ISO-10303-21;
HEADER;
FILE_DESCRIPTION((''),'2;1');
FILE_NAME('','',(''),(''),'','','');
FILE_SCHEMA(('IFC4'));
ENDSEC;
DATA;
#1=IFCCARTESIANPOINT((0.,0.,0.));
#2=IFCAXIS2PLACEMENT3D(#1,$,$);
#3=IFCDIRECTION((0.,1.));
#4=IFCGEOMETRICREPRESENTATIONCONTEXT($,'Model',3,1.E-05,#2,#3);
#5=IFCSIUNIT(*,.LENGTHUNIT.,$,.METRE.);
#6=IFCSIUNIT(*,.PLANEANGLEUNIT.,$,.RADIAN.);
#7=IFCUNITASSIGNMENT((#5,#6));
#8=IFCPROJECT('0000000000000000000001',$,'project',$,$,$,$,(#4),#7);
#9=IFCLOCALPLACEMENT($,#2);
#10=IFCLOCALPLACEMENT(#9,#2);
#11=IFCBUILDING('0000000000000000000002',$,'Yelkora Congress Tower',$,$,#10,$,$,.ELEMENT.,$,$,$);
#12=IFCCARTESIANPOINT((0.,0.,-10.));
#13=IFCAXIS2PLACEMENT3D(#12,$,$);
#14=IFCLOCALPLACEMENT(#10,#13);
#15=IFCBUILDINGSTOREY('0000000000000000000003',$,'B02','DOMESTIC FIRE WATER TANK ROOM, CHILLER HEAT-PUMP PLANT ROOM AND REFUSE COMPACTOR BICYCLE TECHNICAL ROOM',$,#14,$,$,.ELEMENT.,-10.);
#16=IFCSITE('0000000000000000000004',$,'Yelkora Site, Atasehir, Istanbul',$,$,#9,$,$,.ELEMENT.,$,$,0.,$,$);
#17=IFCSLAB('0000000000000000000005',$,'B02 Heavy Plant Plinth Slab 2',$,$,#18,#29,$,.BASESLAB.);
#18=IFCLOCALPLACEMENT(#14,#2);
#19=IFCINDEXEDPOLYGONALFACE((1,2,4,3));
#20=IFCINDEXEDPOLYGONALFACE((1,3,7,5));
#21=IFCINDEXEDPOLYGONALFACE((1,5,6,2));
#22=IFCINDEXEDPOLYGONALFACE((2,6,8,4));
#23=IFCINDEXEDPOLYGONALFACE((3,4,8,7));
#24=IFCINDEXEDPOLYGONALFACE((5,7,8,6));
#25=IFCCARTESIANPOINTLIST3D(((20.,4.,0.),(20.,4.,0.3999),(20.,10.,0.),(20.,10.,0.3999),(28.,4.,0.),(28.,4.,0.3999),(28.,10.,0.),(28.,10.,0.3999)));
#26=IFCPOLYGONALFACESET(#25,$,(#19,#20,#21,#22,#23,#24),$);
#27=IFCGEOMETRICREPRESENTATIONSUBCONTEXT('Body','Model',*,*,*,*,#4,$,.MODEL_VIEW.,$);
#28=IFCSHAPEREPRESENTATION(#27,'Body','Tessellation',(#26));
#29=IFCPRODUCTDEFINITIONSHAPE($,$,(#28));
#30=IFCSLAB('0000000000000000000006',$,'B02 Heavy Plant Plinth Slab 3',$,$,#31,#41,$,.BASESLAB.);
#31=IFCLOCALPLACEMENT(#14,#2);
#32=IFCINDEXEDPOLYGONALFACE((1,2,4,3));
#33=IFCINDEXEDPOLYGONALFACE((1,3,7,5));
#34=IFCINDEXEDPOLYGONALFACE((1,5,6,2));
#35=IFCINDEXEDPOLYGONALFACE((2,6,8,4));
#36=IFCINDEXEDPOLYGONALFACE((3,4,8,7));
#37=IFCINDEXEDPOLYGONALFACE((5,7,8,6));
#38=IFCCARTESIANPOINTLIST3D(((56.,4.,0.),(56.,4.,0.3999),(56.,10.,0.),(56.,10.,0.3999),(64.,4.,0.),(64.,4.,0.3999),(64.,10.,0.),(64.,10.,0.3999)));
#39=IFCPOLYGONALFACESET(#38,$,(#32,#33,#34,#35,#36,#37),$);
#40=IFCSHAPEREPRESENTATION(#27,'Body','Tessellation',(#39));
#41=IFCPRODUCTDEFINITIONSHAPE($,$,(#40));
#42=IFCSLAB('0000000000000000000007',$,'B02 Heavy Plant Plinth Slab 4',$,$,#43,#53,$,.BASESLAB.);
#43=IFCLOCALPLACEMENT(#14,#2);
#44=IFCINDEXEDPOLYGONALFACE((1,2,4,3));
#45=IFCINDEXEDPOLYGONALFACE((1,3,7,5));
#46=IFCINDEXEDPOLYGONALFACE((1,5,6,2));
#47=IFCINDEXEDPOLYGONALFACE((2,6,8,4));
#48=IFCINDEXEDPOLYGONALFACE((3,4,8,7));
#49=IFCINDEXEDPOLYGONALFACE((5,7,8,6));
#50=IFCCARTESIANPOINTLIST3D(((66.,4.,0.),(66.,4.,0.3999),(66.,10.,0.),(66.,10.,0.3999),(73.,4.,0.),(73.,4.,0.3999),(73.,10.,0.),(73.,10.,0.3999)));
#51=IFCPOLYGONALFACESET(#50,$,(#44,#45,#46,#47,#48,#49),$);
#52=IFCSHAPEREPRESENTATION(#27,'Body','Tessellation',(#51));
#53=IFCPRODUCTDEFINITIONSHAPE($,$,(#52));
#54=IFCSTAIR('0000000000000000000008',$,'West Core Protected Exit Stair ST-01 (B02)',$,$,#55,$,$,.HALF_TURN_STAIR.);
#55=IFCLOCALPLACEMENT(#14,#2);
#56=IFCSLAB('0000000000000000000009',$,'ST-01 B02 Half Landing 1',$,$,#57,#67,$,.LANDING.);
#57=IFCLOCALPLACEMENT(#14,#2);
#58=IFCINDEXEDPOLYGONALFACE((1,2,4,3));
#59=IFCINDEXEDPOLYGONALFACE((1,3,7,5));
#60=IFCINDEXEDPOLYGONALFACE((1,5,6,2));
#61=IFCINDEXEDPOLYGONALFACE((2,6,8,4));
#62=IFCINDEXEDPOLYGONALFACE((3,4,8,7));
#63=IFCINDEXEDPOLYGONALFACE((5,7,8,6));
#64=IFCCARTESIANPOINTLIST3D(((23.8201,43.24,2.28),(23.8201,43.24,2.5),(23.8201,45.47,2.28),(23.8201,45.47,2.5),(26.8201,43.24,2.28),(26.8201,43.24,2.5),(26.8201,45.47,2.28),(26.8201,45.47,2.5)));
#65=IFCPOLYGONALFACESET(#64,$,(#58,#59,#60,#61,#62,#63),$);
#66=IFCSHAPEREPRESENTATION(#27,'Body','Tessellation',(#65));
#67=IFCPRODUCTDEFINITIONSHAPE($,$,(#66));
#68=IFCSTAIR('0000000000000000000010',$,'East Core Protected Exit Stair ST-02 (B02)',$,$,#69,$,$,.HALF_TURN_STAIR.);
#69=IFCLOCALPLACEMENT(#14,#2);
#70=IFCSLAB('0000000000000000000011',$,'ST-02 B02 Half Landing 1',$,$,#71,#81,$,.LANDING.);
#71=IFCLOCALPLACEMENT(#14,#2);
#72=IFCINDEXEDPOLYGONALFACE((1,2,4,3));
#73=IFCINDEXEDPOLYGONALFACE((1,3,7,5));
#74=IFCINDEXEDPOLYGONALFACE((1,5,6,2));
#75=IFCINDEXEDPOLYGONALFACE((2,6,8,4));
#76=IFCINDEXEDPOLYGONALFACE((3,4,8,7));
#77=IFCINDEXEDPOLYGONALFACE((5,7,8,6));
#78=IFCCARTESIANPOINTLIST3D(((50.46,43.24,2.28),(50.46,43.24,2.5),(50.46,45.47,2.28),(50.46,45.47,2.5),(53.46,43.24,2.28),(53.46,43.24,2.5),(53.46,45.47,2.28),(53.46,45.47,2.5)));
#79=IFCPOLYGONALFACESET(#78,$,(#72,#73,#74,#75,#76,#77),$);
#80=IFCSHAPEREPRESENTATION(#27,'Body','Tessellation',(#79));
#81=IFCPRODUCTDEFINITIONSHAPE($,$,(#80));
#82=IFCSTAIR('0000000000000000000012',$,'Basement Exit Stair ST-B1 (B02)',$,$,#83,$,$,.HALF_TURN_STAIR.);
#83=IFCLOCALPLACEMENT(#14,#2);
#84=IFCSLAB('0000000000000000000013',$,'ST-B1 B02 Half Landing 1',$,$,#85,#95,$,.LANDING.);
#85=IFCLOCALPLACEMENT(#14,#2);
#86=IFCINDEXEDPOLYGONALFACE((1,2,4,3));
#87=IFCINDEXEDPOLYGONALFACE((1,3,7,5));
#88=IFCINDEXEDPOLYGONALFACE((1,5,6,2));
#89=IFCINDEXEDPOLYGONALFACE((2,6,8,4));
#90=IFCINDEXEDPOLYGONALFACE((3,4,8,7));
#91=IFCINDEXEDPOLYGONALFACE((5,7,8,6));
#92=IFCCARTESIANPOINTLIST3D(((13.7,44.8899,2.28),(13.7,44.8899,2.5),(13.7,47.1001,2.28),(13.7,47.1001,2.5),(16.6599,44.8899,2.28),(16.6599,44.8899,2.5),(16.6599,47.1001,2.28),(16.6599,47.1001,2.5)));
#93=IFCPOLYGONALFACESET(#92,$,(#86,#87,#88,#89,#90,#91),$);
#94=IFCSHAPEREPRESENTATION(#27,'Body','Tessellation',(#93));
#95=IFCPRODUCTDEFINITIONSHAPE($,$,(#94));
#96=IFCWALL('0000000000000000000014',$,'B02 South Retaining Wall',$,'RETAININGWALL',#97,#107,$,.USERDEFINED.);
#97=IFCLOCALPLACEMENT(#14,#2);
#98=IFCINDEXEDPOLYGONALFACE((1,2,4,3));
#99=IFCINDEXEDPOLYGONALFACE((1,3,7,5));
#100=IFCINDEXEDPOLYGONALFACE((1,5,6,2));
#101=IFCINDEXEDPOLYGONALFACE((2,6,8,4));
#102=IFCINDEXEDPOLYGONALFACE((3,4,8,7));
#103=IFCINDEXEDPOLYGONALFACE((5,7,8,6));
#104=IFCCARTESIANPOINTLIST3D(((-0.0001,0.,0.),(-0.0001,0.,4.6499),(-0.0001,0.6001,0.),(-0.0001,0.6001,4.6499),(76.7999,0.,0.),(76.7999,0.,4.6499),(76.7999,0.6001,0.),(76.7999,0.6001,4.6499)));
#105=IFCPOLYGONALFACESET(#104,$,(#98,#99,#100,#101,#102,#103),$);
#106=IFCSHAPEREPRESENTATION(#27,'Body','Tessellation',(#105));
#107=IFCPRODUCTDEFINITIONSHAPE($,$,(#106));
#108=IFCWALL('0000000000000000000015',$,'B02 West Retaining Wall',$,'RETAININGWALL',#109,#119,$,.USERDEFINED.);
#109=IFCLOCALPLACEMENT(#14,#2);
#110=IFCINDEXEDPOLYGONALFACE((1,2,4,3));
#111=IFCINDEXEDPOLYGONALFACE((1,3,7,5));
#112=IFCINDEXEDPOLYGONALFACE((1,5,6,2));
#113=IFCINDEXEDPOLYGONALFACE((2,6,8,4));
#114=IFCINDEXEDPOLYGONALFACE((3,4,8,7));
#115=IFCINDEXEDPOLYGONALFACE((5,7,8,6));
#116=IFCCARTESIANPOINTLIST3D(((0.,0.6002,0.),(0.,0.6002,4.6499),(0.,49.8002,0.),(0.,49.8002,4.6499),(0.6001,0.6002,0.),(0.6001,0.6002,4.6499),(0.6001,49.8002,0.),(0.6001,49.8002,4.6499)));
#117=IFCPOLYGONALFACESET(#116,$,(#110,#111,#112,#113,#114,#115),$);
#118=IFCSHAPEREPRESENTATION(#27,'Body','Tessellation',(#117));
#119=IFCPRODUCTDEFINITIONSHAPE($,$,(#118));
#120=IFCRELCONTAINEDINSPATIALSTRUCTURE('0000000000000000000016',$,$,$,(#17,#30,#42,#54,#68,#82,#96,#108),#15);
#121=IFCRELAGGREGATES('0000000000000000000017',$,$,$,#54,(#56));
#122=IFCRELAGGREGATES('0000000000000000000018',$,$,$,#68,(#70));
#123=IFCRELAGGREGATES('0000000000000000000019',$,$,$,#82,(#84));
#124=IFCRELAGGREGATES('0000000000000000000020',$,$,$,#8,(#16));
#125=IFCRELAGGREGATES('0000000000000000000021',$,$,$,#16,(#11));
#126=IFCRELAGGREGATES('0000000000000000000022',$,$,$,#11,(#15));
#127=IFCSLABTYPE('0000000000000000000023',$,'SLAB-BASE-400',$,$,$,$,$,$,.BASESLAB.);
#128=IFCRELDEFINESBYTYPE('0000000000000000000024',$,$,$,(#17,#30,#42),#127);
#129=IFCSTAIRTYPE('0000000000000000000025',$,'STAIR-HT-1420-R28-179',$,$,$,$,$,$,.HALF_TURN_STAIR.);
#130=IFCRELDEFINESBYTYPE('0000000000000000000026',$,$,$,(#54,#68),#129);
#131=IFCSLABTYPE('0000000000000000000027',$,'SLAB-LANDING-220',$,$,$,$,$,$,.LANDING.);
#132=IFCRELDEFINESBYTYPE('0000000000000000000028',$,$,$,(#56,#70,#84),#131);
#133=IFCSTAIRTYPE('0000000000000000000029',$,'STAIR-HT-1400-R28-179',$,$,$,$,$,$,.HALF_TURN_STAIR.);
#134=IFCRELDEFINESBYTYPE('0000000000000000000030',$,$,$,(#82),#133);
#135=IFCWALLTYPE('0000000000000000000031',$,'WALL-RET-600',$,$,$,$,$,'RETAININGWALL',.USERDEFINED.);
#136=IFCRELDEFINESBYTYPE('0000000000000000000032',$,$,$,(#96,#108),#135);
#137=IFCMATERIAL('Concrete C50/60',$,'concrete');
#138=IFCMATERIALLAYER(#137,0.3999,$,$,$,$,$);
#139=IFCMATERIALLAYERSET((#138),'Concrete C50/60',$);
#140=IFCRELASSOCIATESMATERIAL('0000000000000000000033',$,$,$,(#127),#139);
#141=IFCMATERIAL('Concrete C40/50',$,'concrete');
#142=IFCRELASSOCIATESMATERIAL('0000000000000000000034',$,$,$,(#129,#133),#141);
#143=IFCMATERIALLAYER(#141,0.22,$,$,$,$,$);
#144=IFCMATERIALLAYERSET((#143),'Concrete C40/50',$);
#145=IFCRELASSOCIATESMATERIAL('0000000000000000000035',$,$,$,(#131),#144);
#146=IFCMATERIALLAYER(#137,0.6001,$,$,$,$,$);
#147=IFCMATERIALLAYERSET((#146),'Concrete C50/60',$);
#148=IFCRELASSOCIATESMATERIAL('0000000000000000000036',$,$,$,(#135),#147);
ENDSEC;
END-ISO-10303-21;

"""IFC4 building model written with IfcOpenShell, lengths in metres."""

from ifc_helpers import new_model, si_unit, direction, frame, frame_2d, origin, place, context, subcontext, project, spatial, polyline, rectangle, outline, extrude, material, layer, layer_set, type_object, element, aggregate, save


model = new_model("IFC4")

# Units and contexts
model_context = context("Model", 3, precision=1e-05, world=origin(), true_north=direction((0.0, 1.0)))
body_context = subcontext(model_context, "Body", "Model", "MODEL_VIEW")
ifc_project = project(units=[si_unit("LENGTHUNIT", "METRE"), si_unit("PLANEANGLEUNIT", "RADIAN")], contexts=[model_context])

# Site, building, storey
site_placement = place(None, origin())
site = spatial("IfcSite", under=ifc_project, at=site_placement, Name="Yelkora Site, Atasehir, Istanbul", CompositionType="ELEMENT", RefElevation=0.0)
building_placement = place(site_placement, origin())
building = spatial("IfcBuilding", under=site, at=building_placement, Name="Yelkora Congress Tower", CompositionType="ELEMENT")
storey_placement = place(building_placement, frame((0.0, 0.0, -10.0)))
storey = spatial("IfcBuildingStorey", under=building, at=storey_placement, Name="B02", Description="DOMESTIC FIRE WATER TANK ROOM, CHILLER HEAT-PUMP PLANT ROOM AND REFUSE COMPACTOR BICYCLE TECHNICAL ROOM", CompositionType="ELEMENT", Elevation=-10.0)

# Shared definitions
ifc_material_1 = material(Name="Concrete C50/60", Category="concrete")

# Slabs
ifc_layer_1 = layer(ifc_material_1, 0.3999)
ifc_layer_set_1 = layer_set([ifc_layer_1], Name="Concrete C50/60")
slab_type_1 = type_object("IfcSlabType", Name="SLAB-BASE-400", PredefinedType="BASESLAB", material=ifc_layer_set_1)
slab_1_placement = place(storey_placement, origin())
element("IfcSlab", 1, at=slab_1_placement, inside=storey, type_object=slab_type_1, Name="B02 Heavy Plant Plinth Slab 2", PredefinedType="BASESLAB", context=body_context, shape_type="SweptSolid", body=[
    extrude(outline(polyline([(20.0, 4.0), (28.0, 4.0), (28.0, 10.0), (20.0, 10.0), (20.0, 4.0)])), origin(), (0.0, 0.0, 1.0), 0.3999),
])
slab_2_placement = place(storey_placement, origin())
element("IfcSlab", 2, at=slab_2_placement, inside=storey, type_object=slab_type_1, Name="B02 Heavy Plant Plinth Slab 3", PredefinedType="BASESLAB", context=body_context, shape_type="SweptSolid", body=[
    extrude(outline(polyline([(56.0, 4.0), (64.0, 4.0), (64.0, 10.0), (56.0, 10.0), (56.0, 4.0)])), origin(), (0.0, 0.0, 1.0), 0.3999),
])
slab_3_placement = place(storey_placement, origin())
element("IfcSlab", 3, at=slab_3_placement, inside=storey, type_object=slab_type_1, Name="B02 Heavy Plant Plinth Slab 4", PredefinedType="BASESLAB", context=body_context, shape_type="SweptSolid", body=[
    extrude(outline(polyline([(66.0, 4.0), (73.0, 4.0), (73.0, 10.0), (66.0, 10.0), (66.0, 4.0)])), origin(), (0.0, 0.0, 1.0), 0.3999),
])

# Stairs, slabs
ifc_material_2 = material(Name="Concrete C40/50", Category="concrete")
stair_type_1 = type_object("IfcStairType", Name="STAIR-HT-1420-R28-179", PredefinedType="HALF_TURN_STAIR", material=ifc_material_2)
stair_1_placement = place(storey_placement, origin())
stair_1 = element("IfcStair", 4, at=stair_1_placement, inside=storey, type_object=stair_type_1, Name="West Core Protected Exit Stair ST-01 (B02)", PredefinedType="HALF_TURN_STAIR")
ifc_layer_2 = layer(ifc_material_2, 0.22)
ifc_layer_set_2 = layer_set([ifc_layer_2], Name="Concrete C40/50")
slab_type_2 = type_object("IfcSlabType", Name="SLAB-LANDING-220", PredefinedType="LANDING", material=ifc_layer_set_2)
slab_4_placement = place(storey_placement, frame((0.0, 0.0, 2.28)))
slab_4 = element("IfcSlab", 5, at=slab_4_placement, type_object=slab_type_2, Name="ST-01 B02 Half Landing 1", PredefinedType="LANDING", context=body_context, shape_type="SweptSolid", body=[
    extrude(outline(polyline([(26.8201, 43.24), (26.8201, 45.47), (23.8201, 45.47), (23.8201, 43.24), (26.8201, 43.24)])), origin(), (0.0, 0.0, 1.0), 0.22),
])
aggregate(stair_1, [slab_4])
stair_2_placement = place(storey_placement, origin())
stair_2 = element("IfcStair", 6, at=stair_2_placement, inside=storey, type_object=stair_type_1, Name="East Core Protected Exit Stair ST-02 (B02)", PredefinedType="HALF_TURN_STAIR")
slab_5_placement = place(storey_placement, frame((0.0, 0.0, 2.28)))
slab_5 = element("IfcSlab", 7, at=slab_5_placement, type_object=slab_type_2, Name="ST-02 B02 Half Landing 1", PredefinedType="LANDING", context=body_context, shape_type="SweptSolid", body=[
    extrude(outline(polyline([(53.46, 43.24), (53.46, 45.47), (50.46, 45.47), (50.46, 43.24), (53.46, 43.24)])), origin(), (0.0, 0.0, 1.0), 0.22),
])
aggregate(stair_2, [slab_5])
stair_type_2 = type_object("IfcStairType", Name="STAIR-HT-1400-R28-179", PredefinedType="HALF_TURN_STAIR", material=ifc_material_2)
stair_3_placement = place(storey_placement, origin())
stair_3 = element("IfcStair", 8, at=stair_3_placement, inside=storey, type_object=stair_type_2, Name="Basement Exit Stair ST-B1 (B02)", PredefinedType="HALF_TURN_STAIR")
slab_6_placement = place(storey_placement, frame((0.0, 0.0, 2.28)))
slab_6 = element("IfcSlab", 9, at=slab_6_placement, type_object=slab_type_2, Name="ST-B1 B02 Half Landing 1", PredefinedType="LANDING", context=body_context, shape_type="SweptSolid", body=[
    extrude(outline(polyline([(16.6599, 44.8899), (16.6599, 47.1001), (13.7, 47.1001), (13.7, 44.8899), (16.6599, 44.8899)])), origin(), (0.0, 0.0, 1.0), 0.22),
])
aggregate(stair_3, [slab_6])

# Walls
ifc_layer_3 = layer(ifc_material_1, 0.6001)
ifc_layer_set_3 = layer_set([ifc_layer_3], Name="Concrete C50/60")
wall_type = type_object("IfcWallType", Name="WALL-RET-600", ElementType="RETAININGWALL", PredefinedType="USERDEFINED", material=ifc_layer_set_3)
wall_1_placement = place(storey_placement, frame((0.0, 0.3, 0.0), z_axis=(0.0, 0.0, 1.0), x_axis=(1.0, 0.0, 0.0)))
element("IfcWall", 10, at=wall_1_placement, inside=storey, type_object=wall_type, Name="B02 South Retaining Wall", ObjectType="RETAININGWALL", PredefinedType="USERDEFINED", context=body_context, shape_type="SweptSolid", body=[
    extrude(rectangle(XDim=76.8, YDim=0.6001, at=frame_2d((38.3999, 0.0))), origin(), (0.0, 0.0, 1.0), 4.6499),
])
wall_2_placement = place(storey_placement, frame((0.3, 0.6001, 0.0), z_axis=(0.0, 0.0, 1.0), x_axis=(0.0, 1.0, 0.0)))
element("IfcWall", 11, at=wall_2_placement, inside=storey, type_object=wall_type, Name="B02 West Retaining Wall", ObjectType="RETAININGWALL", PredefinedType="USERDEFINED", context=body_context, shape_type="SweptSolid", body=[
    extrude(rectangle(XDim=49.2, YDim=0.6001, at=frame_2d((24.6001, 0.0))), origin(), (0.0, 0.0, 1.0), 4.6499),
])

save(model, "model.ifc")
